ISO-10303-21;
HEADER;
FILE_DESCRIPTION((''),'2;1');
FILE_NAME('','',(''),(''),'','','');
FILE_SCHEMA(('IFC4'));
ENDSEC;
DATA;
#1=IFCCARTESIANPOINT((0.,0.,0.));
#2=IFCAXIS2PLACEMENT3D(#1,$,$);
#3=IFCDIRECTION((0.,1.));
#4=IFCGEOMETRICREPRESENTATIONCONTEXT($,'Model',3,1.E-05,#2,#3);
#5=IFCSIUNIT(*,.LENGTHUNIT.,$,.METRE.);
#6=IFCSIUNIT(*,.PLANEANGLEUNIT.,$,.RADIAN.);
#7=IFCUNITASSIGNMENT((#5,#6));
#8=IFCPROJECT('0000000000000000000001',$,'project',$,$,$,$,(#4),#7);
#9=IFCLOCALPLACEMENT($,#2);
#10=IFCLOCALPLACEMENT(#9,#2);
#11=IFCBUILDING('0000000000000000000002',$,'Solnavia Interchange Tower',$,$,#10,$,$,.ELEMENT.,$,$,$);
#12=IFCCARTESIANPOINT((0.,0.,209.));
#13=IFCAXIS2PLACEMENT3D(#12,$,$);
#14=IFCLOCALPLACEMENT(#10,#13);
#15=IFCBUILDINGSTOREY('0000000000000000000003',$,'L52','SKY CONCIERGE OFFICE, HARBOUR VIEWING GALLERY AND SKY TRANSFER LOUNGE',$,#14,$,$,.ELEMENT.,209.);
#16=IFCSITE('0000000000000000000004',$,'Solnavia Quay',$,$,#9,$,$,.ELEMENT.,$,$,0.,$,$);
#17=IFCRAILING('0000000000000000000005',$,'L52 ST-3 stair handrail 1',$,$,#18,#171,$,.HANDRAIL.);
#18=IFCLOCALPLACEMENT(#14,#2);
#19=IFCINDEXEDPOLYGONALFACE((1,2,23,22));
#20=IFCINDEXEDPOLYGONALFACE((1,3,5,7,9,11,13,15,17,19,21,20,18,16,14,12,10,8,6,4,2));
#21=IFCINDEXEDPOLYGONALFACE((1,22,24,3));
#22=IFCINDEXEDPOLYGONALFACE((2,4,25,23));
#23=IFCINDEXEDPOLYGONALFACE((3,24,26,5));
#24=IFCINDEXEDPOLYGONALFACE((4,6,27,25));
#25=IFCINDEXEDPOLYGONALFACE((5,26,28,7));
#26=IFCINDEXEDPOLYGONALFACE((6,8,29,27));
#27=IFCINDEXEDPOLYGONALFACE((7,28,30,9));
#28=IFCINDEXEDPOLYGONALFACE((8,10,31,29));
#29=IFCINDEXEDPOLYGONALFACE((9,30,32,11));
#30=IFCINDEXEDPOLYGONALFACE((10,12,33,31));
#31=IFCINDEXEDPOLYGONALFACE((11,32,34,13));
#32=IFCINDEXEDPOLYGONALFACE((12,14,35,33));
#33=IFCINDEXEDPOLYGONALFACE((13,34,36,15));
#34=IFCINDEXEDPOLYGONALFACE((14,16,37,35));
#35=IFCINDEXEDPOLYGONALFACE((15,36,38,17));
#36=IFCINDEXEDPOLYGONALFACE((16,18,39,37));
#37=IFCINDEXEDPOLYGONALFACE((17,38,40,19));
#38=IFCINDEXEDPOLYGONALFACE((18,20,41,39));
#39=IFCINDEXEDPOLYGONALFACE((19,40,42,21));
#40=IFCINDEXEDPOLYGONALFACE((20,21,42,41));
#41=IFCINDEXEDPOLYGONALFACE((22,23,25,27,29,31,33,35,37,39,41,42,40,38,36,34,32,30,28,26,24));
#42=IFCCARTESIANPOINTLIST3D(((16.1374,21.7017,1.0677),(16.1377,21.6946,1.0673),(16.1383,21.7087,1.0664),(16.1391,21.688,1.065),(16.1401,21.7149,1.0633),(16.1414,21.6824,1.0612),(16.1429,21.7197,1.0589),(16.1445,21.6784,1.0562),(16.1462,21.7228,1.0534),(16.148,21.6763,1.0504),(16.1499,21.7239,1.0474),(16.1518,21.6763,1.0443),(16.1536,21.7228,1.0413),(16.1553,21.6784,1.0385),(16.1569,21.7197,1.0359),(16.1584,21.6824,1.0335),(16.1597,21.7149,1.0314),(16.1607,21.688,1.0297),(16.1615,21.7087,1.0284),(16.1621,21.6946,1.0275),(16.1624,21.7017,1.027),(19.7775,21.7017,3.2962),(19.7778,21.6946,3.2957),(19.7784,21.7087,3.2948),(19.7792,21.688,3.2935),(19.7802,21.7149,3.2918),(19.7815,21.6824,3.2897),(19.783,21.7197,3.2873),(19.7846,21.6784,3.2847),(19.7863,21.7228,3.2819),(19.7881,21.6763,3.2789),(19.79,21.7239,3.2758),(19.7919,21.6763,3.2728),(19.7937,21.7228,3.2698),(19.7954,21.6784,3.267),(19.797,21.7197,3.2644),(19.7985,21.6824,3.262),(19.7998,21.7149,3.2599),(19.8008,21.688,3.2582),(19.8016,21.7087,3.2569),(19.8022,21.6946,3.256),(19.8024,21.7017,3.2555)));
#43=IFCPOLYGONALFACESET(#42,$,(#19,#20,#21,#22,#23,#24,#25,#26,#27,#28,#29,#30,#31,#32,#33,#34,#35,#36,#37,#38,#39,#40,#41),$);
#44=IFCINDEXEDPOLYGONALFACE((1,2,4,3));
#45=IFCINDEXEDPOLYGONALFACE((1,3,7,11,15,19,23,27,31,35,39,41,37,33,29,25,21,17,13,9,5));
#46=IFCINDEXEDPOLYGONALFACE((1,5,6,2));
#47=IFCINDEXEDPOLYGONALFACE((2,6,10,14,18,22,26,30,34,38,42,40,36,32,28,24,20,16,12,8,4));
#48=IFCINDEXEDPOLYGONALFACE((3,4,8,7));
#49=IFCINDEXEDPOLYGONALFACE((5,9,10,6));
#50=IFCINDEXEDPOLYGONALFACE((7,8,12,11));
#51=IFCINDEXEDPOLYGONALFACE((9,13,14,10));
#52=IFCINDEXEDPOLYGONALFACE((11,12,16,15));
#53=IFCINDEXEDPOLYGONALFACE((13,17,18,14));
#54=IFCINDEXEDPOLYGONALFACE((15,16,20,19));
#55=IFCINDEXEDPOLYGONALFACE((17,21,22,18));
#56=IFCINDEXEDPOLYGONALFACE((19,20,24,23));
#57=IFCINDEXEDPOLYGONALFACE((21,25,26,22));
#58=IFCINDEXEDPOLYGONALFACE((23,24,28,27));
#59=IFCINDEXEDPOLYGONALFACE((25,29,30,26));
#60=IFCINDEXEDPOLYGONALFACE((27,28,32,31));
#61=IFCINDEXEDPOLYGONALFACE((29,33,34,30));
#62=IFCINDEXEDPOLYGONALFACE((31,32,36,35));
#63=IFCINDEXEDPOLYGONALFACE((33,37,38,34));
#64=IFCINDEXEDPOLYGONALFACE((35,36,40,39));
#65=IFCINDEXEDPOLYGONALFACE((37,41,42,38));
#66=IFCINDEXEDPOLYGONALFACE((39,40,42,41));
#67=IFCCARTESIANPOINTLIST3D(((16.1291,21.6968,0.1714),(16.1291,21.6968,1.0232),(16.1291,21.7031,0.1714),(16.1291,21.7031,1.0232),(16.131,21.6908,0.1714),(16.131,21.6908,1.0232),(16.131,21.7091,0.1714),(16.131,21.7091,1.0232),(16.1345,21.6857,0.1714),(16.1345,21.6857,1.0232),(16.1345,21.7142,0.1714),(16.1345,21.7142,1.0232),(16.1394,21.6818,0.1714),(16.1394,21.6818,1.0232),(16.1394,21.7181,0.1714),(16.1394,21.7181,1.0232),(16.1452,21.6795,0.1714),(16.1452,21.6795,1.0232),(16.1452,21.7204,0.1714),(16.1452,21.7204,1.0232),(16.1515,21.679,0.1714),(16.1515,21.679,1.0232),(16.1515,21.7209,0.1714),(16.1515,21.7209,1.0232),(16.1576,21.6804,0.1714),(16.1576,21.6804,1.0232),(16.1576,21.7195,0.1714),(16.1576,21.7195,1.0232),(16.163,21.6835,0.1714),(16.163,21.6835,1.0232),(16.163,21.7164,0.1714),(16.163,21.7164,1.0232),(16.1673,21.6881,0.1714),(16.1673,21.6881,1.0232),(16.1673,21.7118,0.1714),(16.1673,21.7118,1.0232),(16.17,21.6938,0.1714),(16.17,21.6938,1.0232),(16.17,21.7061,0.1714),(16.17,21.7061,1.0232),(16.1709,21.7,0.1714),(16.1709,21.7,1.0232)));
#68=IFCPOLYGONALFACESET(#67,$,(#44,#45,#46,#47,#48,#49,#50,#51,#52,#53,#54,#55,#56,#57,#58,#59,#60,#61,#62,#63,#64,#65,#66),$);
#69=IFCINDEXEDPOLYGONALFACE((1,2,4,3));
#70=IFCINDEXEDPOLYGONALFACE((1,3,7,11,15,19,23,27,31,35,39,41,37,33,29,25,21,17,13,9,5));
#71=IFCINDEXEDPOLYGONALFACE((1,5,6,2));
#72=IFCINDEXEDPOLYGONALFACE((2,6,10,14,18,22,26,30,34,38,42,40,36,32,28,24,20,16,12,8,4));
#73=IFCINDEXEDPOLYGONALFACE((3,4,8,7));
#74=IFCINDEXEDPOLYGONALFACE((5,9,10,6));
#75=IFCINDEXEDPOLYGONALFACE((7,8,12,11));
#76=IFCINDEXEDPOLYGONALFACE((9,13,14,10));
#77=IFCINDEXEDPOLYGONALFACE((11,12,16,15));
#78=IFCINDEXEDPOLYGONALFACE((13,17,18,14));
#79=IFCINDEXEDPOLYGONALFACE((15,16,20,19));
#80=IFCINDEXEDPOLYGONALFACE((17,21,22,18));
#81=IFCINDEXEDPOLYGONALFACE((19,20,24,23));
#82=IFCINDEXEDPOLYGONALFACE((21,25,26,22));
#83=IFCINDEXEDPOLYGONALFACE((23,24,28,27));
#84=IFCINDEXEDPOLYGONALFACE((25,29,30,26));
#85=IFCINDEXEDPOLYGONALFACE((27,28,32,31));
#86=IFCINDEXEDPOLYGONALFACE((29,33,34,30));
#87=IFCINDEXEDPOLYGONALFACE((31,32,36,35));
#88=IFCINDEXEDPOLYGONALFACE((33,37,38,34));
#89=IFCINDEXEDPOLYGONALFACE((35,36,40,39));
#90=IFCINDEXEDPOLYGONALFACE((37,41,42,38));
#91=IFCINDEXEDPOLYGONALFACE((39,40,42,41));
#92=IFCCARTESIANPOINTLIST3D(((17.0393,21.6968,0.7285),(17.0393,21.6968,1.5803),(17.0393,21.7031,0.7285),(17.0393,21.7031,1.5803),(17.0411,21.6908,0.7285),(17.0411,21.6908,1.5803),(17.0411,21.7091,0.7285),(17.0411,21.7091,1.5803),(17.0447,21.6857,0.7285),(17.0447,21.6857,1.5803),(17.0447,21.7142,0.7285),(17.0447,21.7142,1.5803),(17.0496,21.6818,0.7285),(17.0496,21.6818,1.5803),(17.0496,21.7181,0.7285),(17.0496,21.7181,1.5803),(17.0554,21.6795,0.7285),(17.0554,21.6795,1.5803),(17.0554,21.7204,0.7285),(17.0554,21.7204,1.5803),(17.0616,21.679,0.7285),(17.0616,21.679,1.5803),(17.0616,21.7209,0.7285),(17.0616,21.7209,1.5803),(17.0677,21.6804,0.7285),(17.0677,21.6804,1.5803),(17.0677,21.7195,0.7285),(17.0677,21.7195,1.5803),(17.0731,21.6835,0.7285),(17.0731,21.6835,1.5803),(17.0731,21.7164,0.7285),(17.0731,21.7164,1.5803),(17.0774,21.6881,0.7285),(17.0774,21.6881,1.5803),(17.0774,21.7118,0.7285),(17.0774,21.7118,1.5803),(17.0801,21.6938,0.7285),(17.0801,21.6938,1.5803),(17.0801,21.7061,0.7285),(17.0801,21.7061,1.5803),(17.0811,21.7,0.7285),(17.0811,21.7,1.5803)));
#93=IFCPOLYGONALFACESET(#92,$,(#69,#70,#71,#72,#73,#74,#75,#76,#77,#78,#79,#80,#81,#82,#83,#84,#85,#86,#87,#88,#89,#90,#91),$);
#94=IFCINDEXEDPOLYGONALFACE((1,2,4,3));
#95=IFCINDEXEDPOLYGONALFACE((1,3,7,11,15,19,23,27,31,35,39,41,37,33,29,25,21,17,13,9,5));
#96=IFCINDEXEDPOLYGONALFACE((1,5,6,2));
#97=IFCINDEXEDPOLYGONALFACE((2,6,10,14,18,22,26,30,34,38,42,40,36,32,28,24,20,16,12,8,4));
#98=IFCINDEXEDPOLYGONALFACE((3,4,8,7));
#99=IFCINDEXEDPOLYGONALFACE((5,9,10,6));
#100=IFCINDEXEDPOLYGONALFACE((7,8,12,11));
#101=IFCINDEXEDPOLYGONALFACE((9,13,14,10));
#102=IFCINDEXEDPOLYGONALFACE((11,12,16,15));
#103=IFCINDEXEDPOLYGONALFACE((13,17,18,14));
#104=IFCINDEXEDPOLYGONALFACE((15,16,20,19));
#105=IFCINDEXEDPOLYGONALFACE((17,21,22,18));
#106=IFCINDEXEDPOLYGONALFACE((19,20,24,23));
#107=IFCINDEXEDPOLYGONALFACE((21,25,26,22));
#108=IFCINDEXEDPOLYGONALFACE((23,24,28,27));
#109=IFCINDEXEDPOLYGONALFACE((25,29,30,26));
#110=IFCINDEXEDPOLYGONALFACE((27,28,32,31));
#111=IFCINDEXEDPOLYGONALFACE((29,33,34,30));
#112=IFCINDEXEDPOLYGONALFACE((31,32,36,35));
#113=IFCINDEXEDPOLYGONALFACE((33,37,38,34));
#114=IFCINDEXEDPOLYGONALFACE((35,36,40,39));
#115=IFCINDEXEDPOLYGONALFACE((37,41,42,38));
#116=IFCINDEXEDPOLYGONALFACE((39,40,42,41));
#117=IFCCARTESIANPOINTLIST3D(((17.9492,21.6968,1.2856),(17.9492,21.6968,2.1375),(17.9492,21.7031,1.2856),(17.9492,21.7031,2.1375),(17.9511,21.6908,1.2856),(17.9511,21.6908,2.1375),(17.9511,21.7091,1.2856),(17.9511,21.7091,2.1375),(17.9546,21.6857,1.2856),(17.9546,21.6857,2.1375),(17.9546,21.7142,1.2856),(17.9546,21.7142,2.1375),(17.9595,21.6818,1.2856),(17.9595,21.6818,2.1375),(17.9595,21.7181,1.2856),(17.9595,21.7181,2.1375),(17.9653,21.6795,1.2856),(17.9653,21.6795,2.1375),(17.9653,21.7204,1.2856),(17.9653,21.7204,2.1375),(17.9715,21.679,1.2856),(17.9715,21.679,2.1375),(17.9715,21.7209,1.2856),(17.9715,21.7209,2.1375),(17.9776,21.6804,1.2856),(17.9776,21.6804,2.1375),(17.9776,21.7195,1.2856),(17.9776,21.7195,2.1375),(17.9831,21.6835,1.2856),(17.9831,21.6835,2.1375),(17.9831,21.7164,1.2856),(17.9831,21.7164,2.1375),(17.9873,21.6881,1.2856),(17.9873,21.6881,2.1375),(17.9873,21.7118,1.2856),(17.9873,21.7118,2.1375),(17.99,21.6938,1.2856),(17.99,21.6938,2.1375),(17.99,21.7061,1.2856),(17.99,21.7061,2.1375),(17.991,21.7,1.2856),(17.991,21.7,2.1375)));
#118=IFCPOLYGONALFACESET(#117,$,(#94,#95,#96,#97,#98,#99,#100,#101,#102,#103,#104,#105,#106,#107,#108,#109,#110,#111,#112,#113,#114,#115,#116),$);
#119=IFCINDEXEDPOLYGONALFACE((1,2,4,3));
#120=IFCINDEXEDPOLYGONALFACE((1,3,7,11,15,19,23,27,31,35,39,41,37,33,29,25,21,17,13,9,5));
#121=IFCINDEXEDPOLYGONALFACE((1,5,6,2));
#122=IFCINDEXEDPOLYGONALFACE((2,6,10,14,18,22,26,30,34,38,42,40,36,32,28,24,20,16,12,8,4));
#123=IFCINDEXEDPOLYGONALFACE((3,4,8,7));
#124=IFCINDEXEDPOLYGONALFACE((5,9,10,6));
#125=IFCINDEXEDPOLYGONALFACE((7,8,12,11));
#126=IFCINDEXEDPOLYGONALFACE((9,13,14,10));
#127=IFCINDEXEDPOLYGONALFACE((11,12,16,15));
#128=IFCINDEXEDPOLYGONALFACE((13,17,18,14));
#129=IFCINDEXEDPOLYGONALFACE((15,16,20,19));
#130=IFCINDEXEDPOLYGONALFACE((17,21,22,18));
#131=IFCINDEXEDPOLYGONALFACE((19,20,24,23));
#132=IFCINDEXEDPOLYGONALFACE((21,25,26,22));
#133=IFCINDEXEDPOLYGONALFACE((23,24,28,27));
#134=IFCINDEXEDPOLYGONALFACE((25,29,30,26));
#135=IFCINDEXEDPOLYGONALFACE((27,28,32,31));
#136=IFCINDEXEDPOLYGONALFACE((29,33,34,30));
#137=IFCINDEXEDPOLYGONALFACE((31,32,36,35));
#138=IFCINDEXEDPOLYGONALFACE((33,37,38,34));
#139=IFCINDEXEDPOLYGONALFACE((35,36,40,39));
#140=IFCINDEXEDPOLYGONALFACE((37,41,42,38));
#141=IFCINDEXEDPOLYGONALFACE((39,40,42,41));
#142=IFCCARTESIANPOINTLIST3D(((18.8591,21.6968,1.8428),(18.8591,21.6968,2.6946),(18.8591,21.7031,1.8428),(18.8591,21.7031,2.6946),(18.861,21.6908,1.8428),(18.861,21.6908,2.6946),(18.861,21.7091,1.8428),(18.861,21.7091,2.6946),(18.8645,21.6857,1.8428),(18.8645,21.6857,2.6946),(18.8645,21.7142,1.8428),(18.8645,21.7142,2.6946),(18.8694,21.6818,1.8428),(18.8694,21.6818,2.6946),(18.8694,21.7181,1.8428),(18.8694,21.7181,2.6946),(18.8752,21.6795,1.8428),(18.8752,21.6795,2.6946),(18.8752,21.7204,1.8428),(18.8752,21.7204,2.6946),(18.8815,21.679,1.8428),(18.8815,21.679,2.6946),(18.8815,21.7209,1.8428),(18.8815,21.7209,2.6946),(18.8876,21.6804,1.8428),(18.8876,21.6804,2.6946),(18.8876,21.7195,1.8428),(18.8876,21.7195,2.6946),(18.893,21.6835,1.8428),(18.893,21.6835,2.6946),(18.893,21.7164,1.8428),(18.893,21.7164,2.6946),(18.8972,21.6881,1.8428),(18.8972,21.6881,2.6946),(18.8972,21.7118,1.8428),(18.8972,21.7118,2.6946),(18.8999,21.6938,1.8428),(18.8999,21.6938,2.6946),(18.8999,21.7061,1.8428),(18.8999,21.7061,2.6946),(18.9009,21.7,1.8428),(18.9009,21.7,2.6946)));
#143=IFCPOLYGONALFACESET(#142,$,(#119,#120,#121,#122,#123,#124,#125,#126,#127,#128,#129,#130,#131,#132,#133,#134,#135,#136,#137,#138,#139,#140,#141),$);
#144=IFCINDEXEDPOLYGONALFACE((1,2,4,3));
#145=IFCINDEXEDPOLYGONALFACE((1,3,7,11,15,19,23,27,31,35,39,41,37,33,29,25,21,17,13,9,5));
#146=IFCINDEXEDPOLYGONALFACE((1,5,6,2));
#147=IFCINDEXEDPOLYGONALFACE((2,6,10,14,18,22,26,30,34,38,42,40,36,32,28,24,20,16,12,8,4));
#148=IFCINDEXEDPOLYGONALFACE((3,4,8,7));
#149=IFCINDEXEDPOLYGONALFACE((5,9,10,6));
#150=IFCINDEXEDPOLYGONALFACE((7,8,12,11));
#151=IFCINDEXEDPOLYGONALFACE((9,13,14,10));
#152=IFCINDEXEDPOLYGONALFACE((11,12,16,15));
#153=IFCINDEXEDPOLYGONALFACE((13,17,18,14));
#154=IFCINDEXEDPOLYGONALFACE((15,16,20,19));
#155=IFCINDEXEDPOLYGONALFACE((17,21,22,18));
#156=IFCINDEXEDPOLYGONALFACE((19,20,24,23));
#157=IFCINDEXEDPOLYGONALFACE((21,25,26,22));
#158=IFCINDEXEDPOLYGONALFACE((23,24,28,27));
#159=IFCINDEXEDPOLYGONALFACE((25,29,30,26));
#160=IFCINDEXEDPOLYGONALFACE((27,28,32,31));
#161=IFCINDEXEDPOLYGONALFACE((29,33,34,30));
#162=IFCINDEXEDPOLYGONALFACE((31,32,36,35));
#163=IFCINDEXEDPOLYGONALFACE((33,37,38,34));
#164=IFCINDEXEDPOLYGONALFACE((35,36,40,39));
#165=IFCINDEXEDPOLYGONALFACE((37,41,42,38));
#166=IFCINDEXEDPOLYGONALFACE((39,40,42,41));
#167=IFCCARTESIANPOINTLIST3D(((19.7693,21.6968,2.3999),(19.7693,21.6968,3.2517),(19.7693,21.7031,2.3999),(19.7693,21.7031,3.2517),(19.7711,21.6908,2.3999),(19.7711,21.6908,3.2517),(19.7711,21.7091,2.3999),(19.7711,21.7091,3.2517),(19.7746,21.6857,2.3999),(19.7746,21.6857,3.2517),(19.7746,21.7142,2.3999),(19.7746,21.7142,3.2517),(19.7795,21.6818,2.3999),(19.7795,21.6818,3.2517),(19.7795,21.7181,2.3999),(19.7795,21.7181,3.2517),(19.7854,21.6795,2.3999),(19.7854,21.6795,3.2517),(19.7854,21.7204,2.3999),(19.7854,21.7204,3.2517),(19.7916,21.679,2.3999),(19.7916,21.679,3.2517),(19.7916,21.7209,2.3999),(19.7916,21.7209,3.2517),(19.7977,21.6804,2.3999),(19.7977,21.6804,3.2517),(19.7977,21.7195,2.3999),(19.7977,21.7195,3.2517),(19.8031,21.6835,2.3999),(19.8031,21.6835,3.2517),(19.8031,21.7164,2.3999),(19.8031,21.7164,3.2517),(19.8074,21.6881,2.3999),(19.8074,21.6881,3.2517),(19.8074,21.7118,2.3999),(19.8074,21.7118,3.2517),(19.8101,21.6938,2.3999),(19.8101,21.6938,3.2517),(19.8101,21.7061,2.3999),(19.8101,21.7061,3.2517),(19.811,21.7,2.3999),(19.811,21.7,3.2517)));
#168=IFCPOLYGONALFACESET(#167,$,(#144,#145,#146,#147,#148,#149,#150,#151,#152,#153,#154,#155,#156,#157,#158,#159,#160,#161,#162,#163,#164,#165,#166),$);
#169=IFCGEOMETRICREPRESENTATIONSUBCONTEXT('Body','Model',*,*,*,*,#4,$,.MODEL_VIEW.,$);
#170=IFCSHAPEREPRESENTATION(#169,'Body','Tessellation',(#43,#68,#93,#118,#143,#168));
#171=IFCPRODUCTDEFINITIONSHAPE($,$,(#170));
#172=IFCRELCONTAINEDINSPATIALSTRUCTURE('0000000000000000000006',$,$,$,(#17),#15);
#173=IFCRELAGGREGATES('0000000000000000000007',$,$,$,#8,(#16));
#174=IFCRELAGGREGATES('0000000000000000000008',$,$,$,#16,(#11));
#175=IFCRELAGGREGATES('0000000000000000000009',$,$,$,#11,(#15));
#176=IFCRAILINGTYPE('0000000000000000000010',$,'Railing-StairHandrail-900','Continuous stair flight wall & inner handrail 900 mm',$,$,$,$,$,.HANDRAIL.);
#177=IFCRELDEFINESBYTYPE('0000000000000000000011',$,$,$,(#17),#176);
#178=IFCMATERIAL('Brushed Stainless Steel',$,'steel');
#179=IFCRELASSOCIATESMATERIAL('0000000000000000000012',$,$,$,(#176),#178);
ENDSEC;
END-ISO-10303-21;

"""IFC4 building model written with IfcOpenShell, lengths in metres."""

from ifc_helpers import new_model, si_unit, direction, frame, origin, origin_2d, place, context, subcontext, project, spatial, circle, extrude, material, type_object, element, save


model = new_model("IFC4")

# Units and contexts
model_context = context("Model", 3, precision=1e-05, world=origin(), true_north=direction((0.0, 1.0)))
body_context = subcontext(model_context, "Body", "Model", "MODEL_VIEW")
ifc_project = project(units=[si_unit("LENGTHUNIT", "METRE"), si_unit("PLANEANGLEUNIT", "RADIAN")], contexts=[model_context])

# Site, building, storey
site_placement = place(None, origin())
site = spatial("IfcSite", under=ifc_project, at=site_placement, Name="Solnavia Quay", CompositionType="ELEMENT", RefElevation=0.0)
building_placement = place(site_placement, origin())
building = spatial("IfcBuilding", under=site, at=building_placement, Name="Solnavia Interchange Tower", CompositionType="ELEMENT")
storey_placement = place(building_placement, frame((0.0, 0.0, 209.0)))
storey = spatial("IfcBuildingStorey", under=building, at=storey_placement, Name="L52", Description="SKY CONCIERGE OFFICE, HARBOUR VIEWING GALLERY AND SKY TRANSFER LOUNGE", CompositionType="ELEMENT", Elevation=209.0)

# Railing
ifc_material_1 = material(Name="Brushed Stainless Steel", Category="steel")
railing_type_1 = type_object("IfcRailingType", Name="Railing-StairHandrail-900", Description="Continuous stair flight wall & inner handrail 900 mm", PredefinedType="HANDRAIL", material=ifc_material_1)
railing_1_placement = place(storey_placement, frame((16.1499, 21.7, 0.1714)))
element("IfcRailing", 1, at=railing_1_placement, inside=storey, type_object=railing_type_1, Name="L52 ST-3 stair handrail 1", PredefinedType="HANDRAIL", context=body_context, shape_type="SweptSolid", body=[
    extrude(circle(Radius=0.0239, at=origin_2d()), frame((0.0, 0.0, 0.876), z_axis=(0.852866, 0.0, 0.52213), x_axis=(0.0, 1.0, 0.0)), (0.0, 0.0, 1.0), 4.2681),
    extrude(circle(Radius=0.021, at=origin_2d()), origin(), (0.0, 0.0, 1.0), 0.8518),
    extrude(circle(Radius=0.021, at=origin_2d()), frame((0.9102, 0.0, 0.5571)), (0.0, 0.0, 1.0), 0.8518),
    extrude(circle(Radius=0.021, at=origin_2d()), frame((1.8201, 0.0, 1.1143)), (0.0, 0.0, 1.0), 0.8518),
    extrude(circle(Radius=0.021, at=origin_2d()), frame((2.73, 0.0, 1.6714)), (0.0, 0.0, 1.0), 0.8518),
    extrude(circle(Radius=0.021, at=origin_2d()), frame((3.6401, 0.0, 2.2285)), (0.0, 0.0, 1.0), 0.8518),
])

save(model, "model.ifc")
